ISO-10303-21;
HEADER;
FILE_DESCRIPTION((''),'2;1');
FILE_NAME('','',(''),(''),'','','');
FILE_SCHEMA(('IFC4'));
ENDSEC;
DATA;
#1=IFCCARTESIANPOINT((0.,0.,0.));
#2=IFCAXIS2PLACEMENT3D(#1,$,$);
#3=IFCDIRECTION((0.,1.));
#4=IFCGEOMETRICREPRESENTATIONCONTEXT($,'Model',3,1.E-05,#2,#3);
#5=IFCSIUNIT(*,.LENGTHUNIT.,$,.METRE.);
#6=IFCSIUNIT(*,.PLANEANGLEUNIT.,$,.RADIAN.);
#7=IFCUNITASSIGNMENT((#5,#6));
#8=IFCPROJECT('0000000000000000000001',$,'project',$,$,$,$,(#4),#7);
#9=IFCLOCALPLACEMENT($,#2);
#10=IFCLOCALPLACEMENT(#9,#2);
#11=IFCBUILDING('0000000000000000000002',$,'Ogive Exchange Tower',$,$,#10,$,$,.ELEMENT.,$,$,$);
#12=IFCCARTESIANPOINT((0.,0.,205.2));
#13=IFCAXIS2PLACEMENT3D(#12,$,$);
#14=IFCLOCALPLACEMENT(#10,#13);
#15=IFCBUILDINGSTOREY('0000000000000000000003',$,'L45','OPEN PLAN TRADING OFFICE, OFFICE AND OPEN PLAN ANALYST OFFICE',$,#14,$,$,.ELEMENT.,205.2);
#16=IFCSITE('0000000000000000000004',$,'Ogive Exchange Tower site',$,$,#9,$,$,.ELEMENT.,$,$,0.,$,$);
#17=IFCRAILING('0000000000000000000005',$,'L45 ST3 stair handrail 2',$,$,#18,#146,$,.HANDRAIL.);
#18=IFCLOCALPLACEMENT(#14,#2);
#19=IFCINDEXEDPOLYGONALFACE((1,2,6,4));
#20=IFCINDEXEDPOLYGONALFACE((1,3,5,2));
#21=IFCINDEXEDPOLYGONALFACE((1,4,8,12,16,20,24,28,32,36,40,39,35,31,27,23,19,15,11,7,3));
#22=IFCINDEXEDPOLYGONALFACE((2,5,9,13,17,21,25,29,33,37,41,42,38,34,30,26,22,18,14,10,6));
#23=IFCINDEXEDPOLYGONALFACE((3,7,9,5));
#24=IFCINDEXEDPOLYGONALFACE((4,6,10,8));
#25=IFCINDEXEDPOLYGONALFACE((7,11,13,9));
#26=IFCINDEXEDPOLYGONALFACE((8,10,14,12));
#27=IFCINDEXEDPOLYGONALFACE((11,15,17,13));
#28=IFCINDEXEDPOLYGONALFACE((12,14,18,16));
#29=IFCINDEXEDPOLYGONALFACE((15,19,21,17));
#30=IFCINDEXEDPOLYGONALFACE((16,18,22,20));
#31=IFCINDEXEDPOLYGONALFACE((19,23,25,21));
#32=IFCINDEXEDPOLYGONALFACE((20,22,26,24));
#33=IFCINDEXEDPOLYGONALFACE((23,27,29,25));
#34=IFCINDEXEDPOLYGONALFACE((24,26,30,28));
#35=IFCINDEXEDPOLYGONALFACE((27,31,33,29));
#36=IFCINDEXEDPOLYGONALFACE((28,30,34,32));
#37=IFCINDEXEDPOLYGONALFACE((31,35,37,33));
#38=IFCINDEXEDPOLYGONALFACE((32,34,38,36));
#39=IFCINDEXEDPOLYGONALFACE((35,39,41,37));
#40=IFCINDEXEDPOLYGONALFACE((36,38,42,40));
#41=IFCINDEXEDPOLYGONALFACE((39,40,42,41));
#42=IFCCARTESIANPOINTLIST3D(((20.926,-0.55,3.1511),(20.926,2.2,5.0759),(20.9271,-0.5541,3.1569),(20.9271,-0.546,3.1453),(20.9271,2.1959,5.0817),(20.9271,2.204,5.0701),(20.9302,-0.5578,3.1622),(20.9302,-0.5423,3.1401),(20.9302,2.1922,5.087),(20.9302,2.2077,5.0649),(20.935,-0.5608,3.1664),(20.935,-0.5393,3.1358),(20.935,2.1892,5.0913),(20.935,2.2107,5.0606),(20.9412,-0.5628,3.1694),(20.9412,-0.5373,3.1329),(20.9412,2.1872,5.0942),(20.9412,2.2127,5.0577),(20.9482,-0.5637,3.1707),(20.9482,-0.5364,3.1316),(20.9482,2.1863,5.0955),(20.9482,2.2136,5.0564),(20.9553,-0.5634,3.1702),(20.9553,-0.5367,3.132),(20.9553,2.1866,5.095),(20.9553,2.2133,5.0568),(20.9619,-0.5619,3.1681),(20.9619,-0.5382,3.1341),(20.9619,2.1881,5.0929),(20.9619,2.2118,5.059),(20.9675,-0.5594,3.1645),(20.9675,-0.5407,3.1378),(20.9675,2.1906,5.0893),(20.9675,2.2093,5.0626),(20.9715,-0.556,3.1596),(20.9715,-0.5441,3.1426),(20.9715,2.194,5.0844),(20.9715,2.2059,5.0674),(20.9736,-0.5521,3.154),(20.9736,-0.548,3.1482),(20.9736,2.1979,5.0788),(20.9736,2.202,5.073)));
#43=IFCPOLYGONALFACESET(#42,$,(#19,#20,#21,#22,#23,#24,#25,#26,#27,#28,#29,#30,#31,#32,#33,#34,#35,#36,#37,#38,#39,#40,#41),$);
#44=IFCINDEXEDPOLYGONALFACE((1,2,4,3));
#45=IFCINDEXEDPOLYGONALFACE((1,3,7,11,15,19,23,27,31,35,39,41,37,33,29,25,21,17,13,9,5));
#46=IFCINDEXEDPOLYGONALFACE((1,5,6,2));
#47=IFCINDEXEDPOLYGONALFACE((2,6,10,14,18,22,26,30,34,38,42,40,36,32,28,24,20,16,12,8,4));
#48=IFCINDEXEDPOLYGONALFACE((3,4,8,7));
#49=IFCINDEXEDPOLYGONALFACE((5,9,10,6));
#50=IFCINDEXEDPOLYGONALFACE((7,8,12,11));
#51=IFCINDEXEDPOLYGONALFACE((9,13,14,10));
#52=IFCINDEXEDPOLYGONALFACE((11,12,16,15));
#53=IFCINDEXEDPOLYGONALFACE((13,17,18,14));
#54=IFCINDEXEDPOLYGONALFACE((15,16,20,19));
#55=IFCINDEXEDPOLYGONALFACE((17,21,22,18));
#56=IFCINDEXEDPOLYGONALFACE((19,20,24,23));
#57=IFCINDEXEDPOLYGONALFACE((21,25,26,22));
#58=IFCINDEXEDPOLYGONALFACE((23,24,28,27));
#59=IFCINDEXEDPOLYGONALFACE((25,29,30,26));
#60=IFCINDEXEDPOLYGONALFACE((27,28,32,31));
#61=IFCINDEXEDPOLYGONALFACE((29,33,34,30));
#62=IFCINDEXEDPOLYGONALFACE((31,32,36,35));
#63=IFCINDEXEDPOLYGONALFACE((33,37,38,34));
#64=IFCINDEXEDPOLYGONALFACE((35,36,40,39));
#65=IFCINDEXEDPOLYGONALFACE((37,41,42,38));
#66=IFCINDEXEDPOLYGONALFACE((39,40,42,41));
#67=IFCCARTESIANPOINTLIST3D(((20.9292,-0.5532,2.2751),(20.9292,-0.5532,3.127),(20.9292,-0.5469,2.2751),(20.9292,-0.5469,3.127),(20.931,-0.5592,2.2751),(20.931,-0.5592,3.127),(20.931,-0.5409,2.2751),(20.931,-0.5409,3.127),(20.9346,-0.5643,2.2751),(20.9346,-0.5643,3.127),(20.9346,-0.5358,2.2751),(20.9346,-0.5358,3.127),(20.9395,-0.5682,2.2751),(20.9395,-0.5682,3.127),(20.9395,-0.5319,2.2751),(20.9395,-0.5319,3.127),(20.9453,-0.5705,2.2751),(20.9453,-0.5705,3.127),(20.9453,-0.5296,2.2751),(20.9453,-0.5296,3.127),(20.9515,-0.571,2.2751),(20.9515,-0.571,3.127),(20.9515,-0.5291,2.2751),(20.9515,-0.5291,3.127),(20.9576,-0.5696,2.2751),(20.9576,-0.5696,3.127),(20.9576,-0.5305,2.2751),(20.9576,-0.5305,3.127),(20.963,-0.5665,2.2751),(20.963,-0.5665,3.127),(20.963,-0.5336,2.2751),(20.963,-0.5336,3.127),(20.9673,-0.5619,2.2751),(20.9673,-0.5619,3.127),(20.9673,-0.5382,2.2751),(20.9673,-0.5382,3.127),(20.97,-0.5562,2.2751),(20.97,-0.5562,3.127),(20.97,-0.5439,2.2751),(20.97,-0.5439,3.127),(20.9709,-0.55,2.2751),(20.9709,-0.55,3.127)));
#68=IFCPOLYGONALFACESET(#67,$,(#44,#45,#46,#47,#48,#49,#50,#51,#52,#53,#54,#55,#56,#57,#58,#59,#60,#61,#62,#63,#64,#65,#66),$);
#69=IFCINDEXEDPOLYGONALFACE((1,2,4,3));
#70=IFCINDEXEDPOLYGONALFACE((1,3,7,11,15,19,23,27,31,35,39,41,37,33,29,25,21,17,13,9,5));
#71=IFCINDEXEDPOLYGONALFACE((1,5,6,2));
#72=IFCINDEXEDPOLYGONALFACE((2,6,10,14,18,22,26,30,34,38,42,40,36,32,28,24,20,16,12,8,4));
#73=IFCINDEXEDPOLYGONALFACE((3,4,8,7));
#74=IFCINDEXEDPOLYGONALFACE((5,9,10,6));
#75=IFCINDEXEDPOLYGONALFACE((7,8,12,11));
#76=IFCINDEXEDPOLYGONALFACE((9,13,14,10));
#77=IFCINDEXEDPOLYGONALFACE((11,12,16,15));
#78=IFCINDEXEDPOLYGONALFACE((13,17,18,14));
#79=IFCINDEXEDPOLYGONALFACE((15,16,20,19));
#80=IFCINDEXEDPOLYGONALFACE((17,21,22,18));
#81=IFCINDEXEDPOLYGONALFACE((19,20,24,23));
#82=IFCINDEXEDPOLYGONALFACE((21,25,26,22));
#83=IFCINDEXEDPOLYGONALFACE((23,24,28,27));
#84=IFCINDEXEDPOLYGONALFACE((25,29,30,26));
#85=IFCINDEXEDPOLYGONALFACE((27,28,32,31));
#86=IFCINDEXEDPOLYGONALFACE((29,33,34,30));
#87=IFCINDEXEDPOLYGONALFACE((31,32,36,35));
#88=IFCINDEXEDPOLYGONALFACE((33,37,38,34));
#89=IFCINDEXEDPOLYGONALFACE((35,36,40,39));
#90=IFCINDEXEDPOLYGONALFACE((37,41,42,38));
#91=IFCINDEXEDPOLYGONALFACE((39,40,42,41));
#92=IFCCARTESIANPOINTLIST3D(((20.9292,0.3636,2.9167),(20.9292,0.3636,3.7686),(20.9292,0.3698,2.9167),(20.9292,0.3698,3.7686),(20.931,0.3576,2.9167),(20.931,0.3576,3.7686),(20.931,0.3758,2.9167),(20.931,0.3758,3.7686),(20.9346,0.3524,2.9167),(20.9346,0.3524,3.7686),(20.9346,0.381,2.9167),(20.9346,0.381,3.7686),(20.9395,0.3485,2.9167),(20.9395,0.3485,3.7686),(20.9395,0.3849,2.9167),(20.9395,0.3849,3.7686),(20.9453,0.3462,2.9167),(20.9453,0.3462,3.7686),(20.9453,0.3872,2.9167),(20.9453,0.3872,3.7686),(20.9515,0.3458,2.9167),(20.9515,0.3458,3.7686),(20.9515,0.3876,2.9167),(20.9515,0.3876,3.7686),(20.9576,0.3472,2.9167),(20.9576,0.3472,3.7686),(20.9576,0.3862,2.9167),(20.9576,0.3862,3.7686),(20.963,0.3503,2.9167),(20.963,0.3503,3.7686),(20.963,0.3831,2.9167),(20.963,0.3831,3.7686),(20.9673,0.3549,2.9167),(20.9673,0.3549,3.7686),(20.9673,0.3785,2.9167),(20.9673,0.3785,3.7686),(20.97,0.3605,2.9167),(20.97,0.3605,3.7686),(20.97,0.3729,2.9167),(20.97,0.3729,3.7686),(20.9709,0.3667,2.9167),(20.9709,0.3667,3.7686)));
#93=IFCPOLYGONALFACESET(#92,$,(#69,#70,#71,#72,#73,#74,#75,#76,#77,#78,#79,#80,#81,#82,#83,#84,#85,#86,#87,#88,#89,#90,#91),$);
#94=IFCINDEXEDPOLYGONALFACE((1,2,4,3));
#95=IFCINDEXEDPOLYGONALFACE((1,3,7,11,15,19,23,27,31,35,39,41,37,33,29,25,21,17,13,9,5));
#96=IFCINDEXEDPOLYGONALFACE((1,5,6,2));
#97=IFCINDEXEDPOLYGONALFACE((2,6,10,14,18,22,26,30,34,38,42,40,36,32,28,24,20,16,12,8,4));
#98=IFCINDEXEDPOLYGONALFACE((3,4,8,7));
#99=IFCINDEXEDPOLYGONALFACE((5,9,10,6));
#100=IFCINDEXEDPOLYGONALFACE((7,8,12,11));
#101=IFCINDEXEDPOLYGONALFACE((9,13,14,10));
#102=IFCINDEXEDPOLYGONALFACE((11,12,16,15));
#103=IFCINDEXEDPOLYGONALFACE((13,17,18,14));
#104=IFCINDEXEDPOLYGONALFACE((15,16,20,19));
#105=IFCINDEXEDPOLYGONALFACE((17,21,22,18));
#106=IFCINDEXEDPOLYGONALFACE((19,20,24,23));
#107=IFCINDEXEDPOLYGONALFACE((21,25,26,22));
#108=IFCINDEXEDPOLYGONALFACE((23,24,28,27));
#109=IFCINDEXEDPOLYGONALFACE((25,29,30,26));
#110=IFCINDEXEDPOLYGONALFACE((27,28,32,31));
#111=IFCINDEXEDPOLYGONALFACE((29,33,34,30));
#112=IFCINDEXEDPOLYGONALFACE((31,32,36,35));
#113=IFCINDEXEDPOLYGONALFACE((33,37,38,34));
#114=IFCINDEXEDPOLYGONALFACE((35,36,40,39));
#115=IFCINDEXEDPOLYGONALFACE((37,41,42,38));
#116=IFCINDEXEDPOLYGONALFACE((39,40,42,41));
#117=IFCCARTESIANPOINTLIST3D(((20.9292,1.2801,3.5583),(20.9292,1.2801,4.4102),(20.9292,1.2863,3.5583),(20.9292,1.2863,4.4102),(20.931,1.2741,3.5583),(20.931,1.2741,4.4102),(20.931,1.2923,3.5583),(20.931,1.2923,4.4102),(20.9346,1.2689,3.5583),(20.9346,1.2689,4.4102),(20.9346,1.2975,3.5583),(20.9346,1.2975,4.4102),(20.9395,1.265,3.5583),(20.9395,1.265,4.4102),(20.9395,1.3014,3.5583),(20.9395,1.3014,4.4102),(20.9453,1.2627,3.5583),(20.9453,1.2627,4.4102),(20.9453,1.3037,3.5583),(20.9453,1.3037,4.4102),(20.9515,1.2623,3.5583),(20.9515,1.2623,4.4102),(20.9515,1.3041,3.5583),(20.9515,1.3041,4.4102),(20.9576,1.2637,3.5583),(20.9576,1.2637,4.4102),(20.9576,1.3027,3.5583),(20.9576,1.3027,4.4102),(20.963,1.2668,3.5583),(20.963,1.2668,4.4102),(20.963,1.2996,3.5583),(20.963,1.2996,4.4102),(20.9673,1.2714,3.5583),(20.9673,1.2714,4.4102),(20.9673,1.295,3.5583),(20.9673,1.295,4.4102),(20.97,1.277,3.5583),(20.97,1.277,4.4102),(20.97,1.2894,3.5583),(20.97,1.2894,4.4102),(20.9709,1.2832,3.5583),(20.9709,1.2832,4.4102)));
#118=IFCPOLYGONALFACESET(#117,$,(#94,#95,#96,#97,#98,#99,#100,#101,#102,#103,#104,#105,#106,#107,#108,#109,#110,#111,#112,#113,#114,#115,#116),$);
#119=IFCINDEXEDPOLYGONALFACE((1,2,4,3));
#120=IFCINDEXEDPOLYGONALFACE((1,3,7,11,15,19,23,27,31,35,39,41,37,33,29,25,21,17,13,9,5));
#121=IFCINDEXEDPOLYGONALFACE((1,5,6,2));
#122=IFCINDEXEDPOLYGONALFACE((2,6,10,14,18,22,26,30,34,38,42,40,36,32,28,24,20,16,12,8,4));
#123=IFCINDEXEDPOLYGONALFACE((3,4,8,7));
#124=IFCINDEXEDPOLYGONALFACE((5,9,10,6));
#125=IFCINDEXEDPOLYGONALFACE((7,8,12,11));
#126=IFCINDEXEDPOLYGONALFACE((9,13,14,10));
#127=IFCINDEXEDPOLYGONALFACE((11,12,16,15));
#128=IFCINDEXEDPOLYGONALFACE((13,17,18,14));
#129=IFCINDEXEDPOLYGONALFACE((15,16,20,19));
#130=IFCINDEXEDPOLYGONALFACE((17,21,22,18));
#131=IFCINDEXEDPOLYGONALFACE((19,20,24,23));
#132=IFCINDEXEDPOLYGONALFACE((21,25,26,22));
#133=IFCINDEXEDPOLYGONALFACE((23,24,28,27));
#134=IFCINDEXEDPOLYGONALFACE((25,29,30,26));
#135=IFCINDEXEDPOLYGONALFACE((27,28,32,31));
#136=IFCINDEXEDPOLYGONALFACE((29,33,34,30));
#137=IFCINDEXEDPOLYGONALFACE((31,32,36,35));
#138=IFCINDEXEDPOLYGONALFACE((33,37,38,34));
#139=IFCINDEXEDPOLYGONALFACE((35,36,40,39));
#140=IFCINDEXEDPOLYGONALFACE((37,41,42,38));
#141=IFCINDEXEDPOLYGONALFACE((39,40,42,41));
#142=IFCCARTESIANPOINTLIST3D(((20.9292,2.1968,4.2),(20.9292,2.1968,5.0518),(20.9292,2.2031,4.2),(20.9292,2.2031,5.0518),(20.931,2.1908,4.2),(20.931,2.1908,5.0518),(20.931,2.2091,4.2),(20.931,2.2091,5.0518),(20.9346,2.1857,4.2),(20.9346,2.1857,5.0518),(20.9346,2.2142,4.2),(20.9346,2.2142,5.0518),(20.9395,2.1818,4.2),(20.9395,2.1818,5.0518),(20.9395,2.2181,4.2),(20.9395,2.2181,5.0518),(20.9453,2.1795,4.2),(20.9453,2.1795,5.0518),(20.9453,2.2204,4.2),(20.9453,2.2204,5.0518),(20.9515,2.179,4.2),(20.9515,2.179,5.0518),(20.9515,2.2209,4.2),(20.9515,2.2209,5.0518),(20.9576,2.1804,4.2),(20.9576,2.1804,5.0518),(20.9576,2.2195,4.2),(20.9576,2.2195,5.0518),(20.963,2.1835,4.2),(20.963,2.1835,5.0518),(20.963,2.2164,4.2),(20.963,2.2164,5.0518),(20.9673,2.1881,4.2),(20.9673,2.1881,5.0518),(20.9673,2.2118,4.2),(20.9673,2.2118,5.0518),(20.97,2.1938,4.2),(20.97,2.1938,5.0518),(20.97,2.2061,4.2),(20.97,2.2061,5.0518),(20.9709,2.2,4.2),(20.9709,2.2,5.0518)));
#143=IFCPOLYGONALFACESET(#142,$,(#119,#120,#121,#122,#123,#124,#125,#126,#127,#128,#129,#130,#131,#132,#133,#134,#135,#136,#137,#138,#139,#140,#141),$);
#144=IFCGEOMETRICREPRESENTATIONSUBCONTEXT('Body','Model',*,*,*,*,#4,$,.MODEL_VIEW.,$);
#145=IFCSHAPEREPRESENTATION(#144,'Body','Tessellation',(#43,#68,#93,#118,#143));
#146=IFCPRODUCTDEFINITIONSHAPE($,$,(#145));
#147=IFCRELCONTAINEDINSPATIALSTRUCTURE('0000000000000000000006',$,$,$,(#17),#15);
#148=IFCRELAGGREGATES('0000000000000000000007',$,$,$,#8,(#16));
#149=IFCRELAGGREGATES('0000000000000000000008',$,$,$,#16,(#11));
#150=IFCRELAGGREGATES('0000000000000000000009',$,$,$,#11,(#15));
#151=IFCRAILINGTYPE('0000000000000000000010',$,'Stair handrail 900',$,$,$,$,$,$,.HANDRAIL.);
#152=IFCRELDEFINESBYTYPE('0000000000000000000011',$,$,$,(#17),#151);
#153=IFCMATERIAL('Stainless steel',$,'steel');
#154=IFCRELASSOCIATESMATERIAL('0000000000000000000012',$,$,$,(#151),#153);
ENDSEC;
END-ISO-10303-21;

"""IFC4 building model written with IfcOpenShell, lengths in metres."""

from ifc_helpers import new_model, si_unit, direction, frame, origin, origin_2d, place, context, subcontext, project, spatial, circle, extrude, material, type_object, element, save


model = new_model("IFC4")

# Units and contexts
model_context = context("Model", 3, precision=1e-05, world=origin(), true_north=direction((0.0, 1.0)))
body_context = subcontext(model_context, "Body", "Model", "MODEL_VIEW")
ifc_project = project(units=[si_unit("LENGTHUNIT", "METRE"), si_unit("PLANEANGLEUNIT", "RADIAN")], contexts=[model_context])

# Site, building, storey
site_placement = place(None, origin())
site = spatial("IfcSite", under=ifc_project, at=site_placement, Name="Ogive Exchange Tower site", CompositionType="ELEMENT", RefElevation=0.0)
building_placement = place(site_placement, origin())
building = spatial("IfcBuilding", under=site, at=building_placement, Name="Ogive Exchange Tower", CompositionType="ELEMENT")
storey_placement = place(building_placement, frame((0.0, 0.0, 205.2)))
storey = spatial("IfcBuildingStorey", under=building, at=storey_placement, Name="L45", Description="OPEN PLAN TRADING OFFICE, OFFICE AND OPEN PLAN ANALYST OFFICE", CompositionType="ELEMENT", Elevation=205.2)

# Shared definitions
ifc_material_1 = material(Name="Stainless steel", Category="steel")

# Railing
railing_type = type_object("IfcRailingType", Name="Stair handrail 900", PredefinedType="HANDRAIL", material=ifc_material_1)
railing_placement = place(storey_placement, frame((20.95, -0.55, 2.2751)))
element("IfcRailing", 1, at=railing_placement, inside=storey, type_object=railing_type, Name="L45 ST3 stair handrail 2", PredefinedType="HANDRAIL", context=body_context, shape_type="SweptSolid", body=[
    extrude(circle(Radius=0.0239, at=origin_2d()), frame((0.0, 0.0, 0.876), z_axis=(0.0, 0.819259, 0.573423), x_axis=(-1.0, 0.0, 0.0)), (0.0, 0.0, 1.0), 3.3567),
    extrude(circle(Radius=0.021, at=origin_2d()), origin(), (0.0, 0.0, 1.0), 0.8518),
    extrude(circle(Radius=0.021, at=origin_2d()), frame((0.0, 0.9167, 0.6416)), (0.0, 0.0, 1.0), 0.8518),
    extrude(circle(Radius=0.021, at=origin_2d()), frame((0.0, 1.8333, 1.2832)), (0.0, 0.0, 1.0), 0.8518),
    extrude(circle(Radius=0.021, at=origin_2d()), frame((0.0, 2.75, 1.9248)), (0.0, 0.0, 1.0), 0.8518),
])

save(model, "model.ifc")
